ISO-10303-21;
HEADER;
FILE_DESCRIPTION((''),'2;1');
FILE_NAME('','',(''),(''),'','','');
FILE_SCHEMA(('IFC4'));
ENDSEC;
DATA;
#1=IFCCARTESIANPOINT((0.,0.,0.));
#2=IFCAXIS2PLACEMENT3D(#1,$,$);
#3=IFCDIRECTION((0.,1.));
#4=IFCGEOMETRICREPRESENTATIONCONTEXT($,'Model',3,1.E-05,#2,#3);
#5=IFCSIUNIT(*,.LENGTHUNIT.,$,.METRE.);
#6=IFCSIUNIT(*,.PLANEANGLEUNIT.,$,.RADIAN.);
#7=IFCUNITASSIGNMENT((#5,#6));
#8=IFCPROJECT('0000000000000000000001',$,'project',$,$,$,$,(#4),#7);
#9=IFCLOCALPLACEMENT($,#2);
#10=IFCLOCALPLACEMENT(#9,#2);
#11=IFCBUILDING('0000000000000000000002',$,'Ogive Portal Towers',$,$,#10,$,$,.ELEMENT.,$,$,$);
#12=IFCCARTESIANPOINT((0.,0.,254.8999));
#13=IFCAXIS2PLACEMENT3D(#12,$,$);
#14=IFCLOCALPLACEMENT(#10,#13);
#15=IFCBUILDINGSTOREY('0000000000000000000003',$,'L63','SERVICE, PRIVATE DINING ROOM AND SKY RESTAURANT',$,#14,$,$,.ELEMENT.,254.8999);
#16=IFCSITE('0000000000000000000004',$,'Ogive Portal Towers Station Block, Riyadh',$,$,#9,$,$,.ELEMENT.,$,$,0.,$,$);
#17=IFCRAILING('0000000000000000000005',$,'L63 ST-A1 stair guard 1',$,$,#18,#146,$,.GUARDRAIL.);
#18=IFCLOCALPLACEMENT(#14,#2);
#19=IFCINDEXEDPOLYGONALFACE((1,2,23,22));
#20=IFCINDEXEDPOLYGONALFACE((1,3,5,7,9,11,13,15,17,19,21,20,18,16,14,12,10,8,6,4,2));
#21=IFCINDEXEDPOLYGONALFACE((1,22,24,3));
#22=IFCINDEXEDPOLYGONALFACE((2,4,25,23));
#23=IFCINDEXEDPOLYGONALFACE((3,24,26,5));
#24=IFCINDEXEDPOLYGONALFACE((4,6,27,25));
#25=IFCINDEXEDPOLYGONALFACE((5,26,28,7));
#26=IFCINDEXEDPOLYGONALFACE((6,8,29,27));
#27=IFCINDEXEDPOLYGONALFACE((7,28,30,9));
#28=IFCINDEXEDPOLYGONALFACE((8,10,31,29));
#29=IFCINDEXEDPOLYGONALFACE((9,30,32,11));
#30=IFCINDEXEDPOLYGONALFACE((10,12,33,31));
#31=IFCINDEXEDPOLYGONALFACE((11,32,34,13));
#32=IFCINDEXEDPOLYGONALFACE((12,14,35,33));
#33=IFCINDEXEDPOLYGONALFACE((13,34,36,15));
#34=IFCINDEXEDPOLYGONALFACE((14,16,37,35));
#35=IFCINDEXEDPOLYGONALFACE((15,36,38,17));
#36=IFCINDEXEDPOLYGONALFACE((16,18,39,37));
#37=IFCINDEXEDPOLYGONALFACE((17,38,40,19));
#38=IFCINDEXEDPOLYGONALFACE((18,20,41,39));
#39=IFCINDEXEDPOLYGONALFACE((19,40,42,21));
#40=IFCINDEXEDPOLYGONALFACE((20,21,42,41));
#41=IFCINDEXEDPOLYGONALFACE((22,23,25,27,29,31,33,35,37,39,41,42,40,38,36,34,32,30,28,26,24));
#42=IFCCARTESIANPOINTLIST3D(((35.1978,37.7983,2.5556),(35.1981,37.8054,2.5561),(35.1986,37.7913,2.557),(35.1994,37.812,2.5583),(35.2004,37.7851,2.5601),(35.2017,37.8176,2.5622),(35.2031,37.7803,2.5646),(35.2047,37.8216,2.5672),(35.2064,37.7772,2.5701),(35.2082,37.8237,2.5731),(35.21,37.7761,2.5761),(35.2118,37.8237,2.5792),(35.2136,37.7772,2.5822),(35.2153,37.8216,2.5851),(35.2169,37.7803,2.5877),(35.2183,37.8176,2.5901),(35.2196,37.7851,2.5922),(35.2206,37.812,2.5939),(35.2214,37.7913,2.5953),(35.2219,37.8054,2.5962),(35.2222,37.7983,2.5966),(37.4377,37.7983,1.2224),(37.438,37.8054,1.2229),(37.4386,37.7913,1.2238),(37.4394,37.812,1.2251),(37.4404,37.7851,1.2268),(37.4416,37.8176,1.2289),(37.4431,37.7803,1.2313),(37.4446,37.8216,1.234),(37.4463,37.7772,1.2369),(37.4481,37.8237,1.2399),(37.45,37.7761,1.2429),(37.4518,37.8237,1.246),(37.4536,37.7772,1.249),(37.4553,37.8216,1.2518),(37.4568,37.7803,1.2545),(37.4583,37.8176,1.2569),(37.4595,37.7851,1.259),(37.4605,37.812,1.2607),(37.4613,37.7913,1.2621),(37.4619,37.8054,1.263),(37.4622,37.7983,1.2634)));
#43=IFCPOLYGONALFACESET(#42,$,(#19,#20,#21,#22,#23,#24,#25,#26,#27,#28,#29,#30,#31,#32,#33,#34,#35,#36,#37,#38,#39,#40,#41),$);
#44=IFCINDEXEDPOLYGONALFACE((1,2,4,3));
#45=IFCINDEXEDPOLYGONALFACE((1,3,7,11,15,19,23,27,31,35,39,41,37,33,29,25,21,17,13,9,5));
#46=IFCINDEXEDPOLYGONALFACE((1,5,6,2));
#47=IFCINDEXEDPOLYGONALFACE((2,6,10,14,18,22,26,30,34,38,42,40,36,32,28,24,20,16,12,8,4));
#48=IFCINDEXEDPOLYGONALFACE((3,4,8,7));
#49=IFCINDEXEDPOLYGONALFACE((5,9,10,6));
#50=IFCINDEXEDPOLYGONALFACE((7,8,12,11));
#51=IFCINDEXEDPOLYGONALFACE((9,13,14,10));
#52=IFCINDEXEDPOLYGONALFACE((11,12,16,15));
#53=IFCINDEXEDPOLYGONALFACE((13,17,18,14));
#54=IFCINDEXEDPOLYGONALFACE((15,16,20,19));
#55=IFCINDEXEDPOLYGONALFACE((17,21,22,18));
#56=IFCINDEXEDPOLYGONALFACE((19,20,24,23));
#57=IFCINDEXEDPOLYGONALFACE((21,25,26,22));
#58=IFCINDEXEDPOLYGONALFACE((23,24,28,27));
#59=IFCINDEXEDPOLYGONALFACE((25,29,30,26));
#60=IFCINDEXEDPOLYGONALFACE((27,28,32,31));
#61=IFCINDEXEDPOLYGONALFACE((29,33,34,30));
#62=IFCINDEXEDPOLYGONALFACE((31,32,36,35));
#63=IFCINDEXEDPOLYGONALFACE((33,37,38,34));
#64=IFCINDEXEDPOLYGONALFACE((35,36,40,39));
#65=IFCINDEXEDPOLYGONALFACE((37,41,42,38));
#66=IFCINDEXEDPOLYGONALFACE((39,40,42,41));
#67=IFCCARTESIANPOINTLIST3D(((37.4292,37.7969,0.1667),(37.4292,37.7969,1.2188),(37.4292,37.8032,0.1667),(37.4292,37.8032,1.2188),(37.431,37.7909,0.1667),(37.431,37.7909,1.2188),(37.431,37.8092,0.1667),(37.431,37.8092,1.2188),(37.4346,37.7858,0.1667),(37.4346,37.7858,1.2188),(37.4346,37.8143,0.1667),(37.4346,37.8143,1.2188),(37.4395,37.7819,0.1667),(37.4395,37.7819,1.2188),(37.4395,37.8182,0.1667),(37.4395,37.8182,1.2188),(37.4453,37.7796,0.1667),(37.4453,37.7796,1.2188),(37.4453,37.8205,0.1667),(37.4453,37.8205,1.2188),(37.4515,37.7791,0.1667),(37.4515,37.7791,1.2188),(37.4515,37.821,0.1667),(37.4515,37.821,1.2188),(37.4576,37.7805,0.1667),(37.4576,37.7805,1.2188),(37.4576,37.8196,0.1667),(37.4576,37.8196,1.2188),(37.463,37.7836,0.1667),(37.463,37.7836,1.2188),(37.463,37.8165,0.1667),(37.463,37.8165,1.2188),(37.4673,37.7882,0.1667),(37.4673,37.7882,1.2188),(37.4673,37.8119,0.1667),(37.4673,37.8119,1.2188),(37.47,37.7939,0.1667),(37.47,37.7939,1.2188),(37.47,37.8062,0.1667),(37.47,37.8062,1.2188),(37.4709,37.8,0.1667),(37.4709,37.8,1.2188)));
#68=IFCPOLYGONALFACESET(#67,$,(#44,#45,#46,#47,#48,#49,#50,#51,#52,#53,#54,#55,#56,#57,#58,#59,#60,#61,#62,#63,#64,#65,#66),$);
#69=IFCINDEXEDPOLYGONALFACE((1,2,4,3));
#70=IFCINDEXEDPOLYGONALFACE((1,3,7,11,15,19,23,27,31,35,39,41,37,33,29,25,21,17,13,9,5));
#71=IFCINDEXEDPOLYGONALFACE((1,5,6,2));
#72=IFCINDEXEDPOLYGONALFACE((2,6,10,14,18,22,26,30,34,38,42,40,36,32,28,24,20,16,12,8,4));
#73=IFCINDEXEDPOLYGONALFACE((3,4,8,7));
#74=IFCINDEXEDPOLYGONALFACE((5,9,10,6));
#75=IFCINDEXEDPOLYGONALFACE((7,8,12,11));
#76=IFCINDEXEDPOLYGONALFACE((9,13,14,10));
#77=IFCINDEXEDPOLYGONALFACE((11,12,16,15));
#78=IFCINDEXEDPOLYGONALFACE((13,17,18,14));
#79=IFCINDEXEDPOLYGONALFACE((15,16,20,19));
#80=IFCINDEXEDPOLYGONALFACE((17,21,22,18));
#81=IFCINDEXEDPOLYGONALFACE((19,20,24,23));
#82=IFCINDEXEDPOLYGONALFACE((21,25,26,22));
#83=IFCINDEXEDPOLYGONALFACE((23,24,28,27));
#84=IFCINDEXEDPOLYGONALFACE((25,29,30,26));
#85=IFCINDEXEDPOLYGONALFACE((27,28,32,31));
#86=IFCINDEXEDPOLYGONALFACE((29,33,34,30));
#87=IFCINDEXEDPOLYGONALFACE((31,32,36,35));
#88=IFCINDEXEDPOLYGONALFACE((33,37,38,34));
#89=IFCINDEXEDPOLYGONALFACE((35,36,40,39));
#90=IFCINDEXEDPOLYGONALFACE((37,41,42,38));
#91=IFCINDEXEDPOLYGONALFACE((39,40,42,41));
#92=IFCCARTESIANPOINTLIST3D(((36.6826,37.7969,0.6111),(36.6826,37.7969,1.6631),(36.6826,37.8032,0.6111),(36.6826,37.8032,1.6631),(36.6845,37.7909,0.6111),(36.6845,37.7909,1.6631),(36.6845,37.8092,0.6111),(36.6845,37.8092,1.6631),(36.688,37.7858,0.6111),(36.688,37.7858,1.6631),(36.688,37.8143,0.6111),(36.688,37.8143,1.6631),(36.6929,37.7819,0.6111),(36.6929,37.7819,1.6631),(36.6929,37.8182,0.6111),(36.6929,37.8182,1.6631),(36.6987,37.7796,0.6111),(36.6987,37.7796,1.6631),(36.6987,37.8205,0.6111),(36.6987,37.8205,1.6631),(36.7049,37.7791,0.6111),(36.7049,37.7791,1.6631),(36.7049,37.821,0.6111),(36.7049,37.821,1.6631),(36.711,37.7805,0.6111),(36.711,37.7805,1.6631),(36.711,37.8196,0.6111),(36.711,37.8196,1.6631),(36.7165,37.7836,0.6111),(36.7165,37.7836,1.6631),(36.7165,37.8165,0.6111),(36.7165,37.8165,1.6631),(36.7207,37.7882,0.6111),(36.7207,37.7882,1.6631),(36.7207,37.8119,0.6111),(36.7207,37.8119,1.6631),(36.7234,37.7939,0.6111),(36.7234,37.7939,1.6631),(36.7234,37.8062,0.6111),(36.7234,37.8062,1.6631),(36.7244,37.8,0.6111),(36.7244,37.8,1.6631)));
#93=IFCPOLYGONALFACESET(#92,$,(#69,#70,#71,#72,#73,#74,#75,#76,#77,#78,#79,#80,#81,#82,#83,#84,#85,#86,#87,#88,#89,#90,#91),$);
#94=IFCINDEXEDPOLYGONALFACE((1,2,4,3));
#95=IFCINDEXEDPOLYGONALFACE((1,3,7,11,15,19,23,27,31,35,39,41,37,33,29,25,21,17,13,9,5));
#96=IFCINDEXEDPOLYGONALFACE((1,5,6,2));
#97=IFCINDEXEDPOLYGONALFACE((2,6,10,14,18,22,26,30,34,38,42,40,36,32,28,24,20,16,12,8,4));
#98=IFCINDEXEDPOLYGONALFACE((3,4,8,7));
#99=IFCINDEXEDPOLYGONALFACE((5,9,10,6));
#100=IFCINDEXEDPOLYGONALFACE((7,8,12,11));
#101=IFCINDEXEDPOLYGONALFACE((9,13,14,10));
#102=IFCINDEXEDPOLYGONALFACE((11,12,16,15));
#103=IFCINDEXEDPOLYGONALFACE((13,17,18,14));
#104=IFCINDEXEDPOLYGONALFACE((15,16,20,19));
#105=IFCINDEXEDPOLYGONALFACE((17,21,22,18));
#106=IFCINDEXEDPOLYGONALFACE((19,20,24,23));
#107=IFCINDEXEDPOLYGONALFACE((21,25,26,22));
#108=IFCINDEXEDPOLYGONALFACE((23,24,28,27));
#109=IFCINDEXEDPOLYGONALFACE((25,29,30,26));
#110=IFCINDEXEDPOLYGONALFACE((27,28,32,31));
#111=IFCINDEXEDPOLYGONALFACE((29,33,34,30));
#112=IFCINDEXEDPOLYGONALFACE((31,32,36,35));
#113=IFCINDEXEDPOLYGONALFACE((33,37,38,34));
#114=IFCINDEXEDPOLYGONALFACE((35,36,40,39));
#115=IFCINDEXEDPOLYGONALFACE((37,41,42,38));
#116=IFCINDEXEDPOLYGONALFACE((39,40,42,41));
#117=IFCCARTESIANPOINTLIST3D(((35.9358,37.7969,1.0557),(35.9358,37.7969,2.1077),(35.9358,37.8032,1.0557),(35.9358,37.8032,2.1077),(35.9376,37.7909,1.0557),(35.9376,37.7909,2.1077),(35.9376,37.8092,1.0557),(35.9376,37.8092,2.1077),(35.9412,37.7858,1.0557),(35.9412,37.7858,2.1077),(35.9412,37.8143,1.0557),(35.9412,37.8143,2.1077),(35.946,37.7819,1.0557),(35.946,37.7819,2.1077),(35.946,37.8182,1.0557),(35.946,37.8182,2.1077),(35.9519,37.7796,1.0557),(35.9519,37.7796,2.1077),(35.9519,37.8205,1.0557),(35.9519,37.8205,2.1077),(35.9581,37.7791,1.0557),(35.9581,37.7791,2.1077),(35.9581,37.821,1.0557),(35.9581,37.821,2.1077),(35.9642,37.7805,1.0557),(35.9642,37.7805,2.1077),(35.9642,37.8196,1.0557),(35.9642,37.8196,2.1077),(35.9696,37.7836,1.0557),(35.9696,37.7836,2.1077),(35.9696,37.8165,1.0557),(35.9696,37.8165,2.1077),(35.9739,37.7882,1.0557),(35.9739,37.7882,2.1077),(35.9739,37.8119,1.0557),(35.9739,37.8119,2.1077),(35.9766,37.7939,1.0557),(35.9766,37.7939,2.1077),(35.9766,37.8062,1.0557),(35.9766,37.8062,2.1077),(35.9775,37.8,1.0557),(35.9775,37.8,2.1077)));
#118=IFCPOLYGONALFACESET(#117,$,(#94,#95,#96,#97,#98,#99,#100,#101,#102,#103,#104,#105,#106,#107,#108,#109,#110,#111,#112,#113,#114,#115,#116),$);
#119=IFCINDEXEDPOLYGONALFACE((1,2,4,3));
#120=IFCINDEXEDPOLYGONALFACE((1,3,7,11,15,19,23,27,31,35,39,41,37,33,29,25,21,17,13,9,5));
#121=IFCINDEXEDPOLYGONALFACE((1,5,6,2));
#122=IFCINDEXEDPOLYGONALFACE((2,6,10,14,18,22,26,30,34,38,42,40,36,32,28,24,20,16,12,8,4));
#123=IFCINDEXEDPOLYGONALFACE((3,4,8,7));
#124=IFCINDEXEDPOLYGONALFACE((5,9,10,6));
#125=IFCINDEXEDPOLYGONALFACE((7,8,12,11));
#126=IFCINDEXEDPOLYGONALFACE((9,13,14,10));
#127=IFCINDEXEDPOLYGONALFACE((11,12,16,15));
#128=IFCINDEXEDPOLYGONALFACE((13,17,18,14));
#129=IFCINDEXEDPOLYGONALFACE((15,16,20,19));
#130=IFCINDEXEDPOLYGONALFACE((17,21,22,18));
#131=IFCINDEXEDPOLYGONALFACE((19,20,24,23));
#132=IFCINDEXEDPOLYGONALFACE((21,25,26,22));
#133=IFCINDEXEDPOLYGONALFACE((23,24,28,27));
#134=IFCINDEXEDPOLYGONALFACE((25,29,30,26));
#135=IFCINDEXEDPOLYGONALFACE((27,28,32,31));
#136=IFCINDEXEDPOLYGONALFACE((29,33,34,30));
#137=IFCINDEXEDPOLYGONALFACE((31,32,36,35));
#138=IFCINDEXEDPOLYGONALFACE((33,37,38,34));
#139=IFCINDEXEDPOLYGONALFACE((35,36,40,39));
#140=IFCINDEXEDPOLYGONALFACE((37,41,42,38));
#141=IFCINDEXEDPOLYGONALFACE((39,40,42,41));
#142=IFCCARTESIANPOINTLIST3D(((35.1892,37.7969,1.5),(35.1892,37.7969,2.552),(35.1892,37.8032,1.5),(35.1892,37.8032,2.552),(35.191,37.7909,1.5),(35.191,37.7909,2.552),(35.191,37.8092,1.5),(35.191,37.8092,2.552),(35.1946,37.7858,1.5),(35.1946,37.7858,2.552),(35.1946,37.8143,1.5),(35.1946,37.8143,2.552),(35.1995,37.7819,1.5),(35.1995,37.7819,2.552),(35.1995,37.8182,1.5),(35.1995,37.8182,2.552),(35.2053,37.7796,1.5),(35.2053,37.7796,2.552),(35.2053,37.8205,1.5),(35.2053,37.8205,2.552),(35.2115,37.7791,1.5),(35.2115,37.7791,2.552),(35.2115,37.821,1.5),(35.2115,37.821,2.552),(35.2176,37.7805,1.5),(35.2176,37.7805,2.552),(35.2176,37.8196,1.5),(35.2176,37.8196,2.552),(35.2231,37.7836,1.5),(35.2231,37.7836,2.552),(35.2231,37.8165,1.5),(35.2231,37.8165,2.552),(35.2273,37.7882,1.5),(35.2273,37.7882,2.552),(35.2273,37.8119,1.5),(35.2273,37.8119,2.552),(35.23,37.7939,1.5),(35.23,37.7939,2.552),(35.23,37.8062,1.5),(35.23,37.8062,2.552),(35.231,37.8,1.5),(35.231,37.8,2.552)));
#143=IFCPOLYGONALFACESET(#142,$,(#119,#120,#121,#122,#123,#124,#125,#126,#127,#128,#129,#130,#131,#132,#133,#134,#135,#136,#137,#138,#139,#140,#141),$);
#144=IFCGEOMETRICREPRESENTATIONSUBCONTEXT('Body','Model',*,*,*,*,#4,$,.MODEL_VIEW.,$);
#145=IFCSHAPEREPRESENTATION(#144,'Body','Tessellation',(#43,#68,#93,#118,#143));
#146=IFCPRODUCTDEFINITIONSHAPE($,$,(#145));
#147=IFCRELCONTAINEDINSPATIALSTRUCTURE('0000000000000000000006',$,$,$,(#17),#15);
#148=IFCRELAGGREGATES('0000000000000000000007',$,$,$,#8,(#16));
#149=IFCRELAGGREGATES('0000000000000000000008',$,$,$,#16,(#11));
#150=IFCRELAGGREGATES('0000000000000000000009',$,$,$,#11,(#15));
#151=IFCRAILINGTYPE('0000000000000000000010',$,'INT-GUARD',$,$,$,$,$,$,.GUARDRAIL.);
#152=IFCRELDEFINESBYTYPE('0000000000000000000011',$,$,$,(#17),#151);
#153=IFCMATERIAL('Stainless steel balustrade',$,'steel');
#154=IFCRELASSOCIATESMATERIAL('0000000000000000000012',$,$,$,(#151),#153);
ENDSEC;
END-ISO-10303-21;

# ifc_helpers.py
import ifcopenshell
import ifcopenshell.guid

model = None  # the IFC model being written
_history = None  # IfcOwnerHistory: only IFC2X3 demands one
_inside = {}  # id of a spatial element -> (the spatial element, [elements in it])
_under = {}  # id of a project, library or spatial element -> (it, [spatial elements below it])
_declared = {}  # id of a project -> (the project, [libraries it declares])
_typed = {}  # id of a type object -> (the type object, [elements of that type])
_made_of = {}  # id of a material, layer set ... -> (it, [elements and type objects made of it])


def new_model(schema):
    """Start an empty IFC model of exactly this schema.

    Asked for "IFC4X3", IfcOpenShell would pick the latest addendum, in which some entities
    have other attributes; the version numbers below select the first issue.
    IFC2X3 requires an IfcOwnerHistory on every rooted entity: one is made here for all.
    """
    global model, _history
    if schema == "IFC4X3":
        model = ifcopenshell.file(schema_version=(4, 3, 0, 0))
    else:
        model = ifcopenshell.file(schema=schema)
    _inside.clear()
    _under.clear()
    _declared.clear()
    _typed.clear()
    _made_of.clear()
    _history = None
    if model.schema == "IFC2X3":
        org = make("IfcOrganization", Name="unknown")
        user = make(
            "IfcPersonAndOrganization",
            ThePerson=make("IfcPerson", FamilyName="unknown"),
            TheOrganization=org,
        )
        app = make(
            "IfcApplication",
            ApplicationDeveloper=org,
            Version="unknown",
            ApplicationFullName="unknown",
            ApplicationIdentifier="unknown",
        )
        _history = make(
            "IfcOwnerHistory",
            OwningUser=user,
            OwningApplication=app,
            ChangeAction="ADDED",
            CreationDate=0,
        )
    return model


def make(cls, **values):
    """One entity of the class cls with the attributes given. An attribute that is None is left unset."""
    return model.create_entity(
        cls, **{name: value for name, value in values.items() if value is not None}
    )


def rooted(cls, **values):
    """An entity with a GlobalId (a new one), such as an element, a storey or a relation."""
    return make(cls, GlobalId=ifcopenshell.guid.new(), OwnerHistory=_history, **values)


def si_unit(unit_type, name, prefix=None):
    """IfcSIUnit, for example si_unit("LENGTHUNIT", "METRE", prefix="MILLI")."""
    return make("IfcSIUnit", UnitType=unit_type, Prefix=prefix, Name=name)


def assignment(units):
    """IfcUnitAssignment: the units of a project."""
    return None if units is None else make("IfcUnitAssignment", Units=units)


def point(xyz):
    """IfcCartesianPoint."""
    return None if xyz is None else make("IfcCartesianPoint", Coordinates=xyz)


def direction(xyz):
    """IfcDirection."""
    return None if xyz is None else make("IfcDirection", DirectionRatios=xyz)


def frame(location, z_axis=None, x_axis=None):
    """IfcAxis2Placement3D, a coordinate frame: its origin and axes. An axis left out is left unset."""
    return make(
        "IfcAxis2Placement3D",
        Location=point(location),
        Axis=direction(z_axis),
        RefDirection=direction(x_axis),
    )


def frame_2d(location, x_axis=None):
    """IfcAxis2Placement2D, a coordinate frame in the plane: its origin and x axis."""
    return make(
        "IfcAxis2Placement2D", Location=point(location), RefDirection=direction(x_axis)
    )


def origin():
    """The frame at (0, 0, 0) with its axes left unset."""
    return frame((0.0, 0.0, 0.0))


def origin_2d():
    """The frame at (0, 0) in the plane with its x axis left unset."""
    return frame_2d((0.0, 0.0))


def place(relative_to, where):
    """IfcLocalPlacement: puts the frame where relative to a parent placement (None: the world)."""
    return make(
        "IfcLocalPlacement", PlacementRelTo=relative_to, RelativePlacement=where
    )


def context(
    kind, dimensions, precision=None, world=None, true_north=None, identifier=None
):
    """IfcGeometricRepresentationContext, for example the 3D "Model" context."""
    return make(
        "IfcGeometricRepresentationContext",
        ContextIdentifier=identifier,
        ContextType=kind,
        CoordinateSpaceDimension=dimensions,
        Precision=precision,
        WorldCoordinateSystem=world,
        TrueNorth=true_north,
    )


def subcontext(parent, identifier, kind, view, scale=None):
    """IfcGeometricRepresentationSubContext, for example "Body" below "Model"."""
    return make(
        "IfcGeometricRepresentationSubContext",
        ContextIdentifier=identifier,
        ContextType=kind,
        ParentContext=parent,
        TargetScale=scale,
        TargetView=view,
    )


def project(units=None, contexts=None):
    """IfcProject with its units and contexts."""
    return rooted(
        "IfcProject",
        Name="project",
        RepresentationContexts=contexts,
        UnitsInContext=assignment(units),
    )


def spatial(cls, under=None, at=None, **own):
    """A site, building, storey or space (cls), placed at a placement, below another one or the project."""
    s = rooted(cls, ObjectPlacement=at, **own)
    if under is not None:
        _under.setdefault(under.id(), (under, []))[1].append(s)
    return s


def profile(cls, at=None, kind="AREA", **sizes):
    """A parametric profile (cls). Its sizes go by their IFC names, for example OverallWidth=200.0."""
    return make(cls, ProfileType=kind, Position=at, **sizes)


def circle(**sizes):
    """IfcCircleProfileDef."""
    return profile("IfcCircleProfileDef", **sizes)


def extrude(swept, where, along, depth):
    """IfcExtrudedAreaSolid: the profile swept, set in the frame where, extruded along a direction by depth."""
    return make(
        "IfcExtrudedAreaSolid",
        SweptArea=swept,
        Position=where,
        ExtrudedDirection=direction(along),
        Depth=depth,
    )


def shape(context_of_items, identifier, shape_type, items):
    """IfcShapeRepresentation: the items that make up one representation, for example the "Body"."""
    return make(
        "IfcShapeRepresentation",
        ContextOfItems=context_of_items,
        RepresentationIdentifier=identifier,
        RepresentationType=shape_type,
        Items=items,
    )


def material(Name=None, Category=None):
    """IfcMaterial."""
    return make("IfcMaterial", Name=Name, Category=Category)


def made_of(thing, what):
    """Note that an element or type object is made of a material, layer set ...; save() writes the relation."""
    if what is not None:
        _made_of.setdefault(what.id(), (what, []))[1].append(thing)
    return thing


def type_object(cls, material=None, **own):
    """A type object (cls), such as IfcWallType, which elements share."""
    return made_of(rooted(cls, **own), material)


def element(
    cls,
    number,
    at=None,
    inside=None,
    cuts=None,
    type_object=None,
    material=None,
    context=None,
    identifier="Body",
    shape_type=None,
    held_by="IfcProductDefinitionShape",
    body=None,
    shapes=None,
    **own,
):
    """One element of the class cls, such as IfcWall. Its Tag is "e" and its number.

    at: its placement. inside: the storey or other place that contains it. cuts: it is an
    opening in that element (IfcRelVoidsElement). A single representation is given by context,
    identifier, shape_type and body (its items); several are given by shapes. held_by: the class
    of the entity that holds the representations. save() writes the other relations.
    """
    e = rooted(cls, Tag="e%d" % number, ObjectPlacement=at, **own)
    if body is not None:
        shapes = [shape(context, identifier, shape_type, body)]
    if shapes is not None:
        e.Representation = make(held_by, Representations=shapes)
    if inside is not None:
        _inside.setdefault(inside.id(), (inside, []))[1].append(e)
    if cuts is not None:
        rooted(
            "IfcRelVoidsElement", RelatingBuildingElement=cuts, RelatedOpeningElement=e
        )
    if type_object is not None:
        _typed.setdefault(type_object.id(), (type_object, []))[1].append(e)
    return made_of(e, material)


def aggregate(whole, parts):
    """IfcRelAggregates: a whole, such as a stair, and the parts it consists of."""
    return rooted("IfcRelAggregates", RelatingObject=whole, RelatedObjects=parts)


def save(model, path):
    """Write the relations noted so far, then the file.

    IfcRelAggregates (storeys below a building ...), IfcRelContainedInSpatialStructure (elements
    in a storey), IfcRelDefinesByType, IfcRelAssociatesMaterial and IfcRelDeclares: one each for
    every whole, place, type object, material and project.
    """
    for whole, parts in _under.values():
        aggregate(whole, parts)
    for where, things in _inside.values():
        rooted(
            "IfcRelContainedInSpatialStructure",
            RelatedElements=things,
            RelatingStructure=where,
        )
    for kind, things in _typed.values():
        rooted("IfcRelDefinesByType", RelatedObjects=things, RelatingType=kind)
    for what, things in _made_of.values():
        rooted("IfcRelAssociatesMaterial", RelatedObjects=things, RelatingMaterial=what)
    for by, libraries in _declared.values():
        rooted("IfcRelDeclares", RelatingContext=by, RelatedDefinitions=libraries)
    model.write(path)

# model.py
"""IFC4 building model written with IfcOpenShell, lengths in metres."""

from ifc_helpers import new_model, si_unit, direction, frame, origin, origin_2d, place, context, subcontext, project, spatial, circle, extrude, material, type_object, element, save


model = new_model("IFC4")

# Units and contexts
model_context = context("Model", 3, precision=1e-05, world=origin(), true_north=direction((0.0, 1.0)))
body_context = subcontext(model_context, "Body", "Model", "MODEL_VIEW")
ifc_project = project(units=[si_unit("LENGTHUNIT", "METRE"), si_unit("PLANEANGLEUNIT", "RADIAN")], contexts=[model_context])

# Site, building, storey
site_placement = place(None, origin())
site = spatial("IfcSite", under=ifc_project, at=site_placement, Name="Ogive Portal Towers Station Block, Riyadh", CompositionType="ELEMENT", RefElevation=0.0)
building_placement = place(site_placement, origin())
building = spatial("IfcBuilding", under=site, at=building_placement, Name="Ogive Portal Towers", CompositionType="ELEMENT")
storey_placement = place(building_placement, frame((0.0, 0.0, 254.8999)))
storey = spatial("IfcBuildingStorey", under=building, at=storey_placement, Name="L63", Description="SERVICE, PRIVATE DINING ROOM AND SKY RESTAURANT", CompositionType="ELEMENT", Elevation=254.8999)

# Railing
ifc_material_1 = material(Name="Stainless steel balustrade", Category="steel")
railing_type_1 = type_object("IfcRailingType", Name="INT-GUARD", PredefinedType="GUARDRAIL", material=ifc_material_1)
railing_1_placement = place(storey_placement, frame((37.45, 37.8, 0.1667)))
element("IfcRailing", 1, at=railing_1_placement, inside=storey, type_object=railing_type_1, Name="L63 ST-A1 stair guard 1", PredefinedType="GUARDRAIL", context=body_context, shape_type="SweptSolid", body=[
    extrude(circle(Radius=0.0239, at=origin_2d()), frame((0.0, 0.0, 1.0762), z_axis=(-0.859306, 0.0, 0.511462), x_axis=(0.0, -1.0, 0.0)), (0.0, 0.0, 1.0), 2.6067),
    extrude(circle(Radius=0.021, at=origin_2d()), origin(), (0.0, 0.0, 1.0), 1.052),
    extrude(circle(Radius=0.021, at=origin_2d()), frame((-0.7466, 0.0, 0.4443)), (0.0, 0.0, 1.0), 1.052),
    extrude(circle(Radius=0.021, at=origin_2d()), frame((-1.4934, 0.0, 0.8889)), (0.0, 0.0, 1.0), 1.052),
    extrude(circle(Radius=0.021, at=origin_2d()), frame((-2.24, 0.0, 1.3333)), (0.0, 0.0, 1.0), 1.052),
])

save(model, "model.ifc")
